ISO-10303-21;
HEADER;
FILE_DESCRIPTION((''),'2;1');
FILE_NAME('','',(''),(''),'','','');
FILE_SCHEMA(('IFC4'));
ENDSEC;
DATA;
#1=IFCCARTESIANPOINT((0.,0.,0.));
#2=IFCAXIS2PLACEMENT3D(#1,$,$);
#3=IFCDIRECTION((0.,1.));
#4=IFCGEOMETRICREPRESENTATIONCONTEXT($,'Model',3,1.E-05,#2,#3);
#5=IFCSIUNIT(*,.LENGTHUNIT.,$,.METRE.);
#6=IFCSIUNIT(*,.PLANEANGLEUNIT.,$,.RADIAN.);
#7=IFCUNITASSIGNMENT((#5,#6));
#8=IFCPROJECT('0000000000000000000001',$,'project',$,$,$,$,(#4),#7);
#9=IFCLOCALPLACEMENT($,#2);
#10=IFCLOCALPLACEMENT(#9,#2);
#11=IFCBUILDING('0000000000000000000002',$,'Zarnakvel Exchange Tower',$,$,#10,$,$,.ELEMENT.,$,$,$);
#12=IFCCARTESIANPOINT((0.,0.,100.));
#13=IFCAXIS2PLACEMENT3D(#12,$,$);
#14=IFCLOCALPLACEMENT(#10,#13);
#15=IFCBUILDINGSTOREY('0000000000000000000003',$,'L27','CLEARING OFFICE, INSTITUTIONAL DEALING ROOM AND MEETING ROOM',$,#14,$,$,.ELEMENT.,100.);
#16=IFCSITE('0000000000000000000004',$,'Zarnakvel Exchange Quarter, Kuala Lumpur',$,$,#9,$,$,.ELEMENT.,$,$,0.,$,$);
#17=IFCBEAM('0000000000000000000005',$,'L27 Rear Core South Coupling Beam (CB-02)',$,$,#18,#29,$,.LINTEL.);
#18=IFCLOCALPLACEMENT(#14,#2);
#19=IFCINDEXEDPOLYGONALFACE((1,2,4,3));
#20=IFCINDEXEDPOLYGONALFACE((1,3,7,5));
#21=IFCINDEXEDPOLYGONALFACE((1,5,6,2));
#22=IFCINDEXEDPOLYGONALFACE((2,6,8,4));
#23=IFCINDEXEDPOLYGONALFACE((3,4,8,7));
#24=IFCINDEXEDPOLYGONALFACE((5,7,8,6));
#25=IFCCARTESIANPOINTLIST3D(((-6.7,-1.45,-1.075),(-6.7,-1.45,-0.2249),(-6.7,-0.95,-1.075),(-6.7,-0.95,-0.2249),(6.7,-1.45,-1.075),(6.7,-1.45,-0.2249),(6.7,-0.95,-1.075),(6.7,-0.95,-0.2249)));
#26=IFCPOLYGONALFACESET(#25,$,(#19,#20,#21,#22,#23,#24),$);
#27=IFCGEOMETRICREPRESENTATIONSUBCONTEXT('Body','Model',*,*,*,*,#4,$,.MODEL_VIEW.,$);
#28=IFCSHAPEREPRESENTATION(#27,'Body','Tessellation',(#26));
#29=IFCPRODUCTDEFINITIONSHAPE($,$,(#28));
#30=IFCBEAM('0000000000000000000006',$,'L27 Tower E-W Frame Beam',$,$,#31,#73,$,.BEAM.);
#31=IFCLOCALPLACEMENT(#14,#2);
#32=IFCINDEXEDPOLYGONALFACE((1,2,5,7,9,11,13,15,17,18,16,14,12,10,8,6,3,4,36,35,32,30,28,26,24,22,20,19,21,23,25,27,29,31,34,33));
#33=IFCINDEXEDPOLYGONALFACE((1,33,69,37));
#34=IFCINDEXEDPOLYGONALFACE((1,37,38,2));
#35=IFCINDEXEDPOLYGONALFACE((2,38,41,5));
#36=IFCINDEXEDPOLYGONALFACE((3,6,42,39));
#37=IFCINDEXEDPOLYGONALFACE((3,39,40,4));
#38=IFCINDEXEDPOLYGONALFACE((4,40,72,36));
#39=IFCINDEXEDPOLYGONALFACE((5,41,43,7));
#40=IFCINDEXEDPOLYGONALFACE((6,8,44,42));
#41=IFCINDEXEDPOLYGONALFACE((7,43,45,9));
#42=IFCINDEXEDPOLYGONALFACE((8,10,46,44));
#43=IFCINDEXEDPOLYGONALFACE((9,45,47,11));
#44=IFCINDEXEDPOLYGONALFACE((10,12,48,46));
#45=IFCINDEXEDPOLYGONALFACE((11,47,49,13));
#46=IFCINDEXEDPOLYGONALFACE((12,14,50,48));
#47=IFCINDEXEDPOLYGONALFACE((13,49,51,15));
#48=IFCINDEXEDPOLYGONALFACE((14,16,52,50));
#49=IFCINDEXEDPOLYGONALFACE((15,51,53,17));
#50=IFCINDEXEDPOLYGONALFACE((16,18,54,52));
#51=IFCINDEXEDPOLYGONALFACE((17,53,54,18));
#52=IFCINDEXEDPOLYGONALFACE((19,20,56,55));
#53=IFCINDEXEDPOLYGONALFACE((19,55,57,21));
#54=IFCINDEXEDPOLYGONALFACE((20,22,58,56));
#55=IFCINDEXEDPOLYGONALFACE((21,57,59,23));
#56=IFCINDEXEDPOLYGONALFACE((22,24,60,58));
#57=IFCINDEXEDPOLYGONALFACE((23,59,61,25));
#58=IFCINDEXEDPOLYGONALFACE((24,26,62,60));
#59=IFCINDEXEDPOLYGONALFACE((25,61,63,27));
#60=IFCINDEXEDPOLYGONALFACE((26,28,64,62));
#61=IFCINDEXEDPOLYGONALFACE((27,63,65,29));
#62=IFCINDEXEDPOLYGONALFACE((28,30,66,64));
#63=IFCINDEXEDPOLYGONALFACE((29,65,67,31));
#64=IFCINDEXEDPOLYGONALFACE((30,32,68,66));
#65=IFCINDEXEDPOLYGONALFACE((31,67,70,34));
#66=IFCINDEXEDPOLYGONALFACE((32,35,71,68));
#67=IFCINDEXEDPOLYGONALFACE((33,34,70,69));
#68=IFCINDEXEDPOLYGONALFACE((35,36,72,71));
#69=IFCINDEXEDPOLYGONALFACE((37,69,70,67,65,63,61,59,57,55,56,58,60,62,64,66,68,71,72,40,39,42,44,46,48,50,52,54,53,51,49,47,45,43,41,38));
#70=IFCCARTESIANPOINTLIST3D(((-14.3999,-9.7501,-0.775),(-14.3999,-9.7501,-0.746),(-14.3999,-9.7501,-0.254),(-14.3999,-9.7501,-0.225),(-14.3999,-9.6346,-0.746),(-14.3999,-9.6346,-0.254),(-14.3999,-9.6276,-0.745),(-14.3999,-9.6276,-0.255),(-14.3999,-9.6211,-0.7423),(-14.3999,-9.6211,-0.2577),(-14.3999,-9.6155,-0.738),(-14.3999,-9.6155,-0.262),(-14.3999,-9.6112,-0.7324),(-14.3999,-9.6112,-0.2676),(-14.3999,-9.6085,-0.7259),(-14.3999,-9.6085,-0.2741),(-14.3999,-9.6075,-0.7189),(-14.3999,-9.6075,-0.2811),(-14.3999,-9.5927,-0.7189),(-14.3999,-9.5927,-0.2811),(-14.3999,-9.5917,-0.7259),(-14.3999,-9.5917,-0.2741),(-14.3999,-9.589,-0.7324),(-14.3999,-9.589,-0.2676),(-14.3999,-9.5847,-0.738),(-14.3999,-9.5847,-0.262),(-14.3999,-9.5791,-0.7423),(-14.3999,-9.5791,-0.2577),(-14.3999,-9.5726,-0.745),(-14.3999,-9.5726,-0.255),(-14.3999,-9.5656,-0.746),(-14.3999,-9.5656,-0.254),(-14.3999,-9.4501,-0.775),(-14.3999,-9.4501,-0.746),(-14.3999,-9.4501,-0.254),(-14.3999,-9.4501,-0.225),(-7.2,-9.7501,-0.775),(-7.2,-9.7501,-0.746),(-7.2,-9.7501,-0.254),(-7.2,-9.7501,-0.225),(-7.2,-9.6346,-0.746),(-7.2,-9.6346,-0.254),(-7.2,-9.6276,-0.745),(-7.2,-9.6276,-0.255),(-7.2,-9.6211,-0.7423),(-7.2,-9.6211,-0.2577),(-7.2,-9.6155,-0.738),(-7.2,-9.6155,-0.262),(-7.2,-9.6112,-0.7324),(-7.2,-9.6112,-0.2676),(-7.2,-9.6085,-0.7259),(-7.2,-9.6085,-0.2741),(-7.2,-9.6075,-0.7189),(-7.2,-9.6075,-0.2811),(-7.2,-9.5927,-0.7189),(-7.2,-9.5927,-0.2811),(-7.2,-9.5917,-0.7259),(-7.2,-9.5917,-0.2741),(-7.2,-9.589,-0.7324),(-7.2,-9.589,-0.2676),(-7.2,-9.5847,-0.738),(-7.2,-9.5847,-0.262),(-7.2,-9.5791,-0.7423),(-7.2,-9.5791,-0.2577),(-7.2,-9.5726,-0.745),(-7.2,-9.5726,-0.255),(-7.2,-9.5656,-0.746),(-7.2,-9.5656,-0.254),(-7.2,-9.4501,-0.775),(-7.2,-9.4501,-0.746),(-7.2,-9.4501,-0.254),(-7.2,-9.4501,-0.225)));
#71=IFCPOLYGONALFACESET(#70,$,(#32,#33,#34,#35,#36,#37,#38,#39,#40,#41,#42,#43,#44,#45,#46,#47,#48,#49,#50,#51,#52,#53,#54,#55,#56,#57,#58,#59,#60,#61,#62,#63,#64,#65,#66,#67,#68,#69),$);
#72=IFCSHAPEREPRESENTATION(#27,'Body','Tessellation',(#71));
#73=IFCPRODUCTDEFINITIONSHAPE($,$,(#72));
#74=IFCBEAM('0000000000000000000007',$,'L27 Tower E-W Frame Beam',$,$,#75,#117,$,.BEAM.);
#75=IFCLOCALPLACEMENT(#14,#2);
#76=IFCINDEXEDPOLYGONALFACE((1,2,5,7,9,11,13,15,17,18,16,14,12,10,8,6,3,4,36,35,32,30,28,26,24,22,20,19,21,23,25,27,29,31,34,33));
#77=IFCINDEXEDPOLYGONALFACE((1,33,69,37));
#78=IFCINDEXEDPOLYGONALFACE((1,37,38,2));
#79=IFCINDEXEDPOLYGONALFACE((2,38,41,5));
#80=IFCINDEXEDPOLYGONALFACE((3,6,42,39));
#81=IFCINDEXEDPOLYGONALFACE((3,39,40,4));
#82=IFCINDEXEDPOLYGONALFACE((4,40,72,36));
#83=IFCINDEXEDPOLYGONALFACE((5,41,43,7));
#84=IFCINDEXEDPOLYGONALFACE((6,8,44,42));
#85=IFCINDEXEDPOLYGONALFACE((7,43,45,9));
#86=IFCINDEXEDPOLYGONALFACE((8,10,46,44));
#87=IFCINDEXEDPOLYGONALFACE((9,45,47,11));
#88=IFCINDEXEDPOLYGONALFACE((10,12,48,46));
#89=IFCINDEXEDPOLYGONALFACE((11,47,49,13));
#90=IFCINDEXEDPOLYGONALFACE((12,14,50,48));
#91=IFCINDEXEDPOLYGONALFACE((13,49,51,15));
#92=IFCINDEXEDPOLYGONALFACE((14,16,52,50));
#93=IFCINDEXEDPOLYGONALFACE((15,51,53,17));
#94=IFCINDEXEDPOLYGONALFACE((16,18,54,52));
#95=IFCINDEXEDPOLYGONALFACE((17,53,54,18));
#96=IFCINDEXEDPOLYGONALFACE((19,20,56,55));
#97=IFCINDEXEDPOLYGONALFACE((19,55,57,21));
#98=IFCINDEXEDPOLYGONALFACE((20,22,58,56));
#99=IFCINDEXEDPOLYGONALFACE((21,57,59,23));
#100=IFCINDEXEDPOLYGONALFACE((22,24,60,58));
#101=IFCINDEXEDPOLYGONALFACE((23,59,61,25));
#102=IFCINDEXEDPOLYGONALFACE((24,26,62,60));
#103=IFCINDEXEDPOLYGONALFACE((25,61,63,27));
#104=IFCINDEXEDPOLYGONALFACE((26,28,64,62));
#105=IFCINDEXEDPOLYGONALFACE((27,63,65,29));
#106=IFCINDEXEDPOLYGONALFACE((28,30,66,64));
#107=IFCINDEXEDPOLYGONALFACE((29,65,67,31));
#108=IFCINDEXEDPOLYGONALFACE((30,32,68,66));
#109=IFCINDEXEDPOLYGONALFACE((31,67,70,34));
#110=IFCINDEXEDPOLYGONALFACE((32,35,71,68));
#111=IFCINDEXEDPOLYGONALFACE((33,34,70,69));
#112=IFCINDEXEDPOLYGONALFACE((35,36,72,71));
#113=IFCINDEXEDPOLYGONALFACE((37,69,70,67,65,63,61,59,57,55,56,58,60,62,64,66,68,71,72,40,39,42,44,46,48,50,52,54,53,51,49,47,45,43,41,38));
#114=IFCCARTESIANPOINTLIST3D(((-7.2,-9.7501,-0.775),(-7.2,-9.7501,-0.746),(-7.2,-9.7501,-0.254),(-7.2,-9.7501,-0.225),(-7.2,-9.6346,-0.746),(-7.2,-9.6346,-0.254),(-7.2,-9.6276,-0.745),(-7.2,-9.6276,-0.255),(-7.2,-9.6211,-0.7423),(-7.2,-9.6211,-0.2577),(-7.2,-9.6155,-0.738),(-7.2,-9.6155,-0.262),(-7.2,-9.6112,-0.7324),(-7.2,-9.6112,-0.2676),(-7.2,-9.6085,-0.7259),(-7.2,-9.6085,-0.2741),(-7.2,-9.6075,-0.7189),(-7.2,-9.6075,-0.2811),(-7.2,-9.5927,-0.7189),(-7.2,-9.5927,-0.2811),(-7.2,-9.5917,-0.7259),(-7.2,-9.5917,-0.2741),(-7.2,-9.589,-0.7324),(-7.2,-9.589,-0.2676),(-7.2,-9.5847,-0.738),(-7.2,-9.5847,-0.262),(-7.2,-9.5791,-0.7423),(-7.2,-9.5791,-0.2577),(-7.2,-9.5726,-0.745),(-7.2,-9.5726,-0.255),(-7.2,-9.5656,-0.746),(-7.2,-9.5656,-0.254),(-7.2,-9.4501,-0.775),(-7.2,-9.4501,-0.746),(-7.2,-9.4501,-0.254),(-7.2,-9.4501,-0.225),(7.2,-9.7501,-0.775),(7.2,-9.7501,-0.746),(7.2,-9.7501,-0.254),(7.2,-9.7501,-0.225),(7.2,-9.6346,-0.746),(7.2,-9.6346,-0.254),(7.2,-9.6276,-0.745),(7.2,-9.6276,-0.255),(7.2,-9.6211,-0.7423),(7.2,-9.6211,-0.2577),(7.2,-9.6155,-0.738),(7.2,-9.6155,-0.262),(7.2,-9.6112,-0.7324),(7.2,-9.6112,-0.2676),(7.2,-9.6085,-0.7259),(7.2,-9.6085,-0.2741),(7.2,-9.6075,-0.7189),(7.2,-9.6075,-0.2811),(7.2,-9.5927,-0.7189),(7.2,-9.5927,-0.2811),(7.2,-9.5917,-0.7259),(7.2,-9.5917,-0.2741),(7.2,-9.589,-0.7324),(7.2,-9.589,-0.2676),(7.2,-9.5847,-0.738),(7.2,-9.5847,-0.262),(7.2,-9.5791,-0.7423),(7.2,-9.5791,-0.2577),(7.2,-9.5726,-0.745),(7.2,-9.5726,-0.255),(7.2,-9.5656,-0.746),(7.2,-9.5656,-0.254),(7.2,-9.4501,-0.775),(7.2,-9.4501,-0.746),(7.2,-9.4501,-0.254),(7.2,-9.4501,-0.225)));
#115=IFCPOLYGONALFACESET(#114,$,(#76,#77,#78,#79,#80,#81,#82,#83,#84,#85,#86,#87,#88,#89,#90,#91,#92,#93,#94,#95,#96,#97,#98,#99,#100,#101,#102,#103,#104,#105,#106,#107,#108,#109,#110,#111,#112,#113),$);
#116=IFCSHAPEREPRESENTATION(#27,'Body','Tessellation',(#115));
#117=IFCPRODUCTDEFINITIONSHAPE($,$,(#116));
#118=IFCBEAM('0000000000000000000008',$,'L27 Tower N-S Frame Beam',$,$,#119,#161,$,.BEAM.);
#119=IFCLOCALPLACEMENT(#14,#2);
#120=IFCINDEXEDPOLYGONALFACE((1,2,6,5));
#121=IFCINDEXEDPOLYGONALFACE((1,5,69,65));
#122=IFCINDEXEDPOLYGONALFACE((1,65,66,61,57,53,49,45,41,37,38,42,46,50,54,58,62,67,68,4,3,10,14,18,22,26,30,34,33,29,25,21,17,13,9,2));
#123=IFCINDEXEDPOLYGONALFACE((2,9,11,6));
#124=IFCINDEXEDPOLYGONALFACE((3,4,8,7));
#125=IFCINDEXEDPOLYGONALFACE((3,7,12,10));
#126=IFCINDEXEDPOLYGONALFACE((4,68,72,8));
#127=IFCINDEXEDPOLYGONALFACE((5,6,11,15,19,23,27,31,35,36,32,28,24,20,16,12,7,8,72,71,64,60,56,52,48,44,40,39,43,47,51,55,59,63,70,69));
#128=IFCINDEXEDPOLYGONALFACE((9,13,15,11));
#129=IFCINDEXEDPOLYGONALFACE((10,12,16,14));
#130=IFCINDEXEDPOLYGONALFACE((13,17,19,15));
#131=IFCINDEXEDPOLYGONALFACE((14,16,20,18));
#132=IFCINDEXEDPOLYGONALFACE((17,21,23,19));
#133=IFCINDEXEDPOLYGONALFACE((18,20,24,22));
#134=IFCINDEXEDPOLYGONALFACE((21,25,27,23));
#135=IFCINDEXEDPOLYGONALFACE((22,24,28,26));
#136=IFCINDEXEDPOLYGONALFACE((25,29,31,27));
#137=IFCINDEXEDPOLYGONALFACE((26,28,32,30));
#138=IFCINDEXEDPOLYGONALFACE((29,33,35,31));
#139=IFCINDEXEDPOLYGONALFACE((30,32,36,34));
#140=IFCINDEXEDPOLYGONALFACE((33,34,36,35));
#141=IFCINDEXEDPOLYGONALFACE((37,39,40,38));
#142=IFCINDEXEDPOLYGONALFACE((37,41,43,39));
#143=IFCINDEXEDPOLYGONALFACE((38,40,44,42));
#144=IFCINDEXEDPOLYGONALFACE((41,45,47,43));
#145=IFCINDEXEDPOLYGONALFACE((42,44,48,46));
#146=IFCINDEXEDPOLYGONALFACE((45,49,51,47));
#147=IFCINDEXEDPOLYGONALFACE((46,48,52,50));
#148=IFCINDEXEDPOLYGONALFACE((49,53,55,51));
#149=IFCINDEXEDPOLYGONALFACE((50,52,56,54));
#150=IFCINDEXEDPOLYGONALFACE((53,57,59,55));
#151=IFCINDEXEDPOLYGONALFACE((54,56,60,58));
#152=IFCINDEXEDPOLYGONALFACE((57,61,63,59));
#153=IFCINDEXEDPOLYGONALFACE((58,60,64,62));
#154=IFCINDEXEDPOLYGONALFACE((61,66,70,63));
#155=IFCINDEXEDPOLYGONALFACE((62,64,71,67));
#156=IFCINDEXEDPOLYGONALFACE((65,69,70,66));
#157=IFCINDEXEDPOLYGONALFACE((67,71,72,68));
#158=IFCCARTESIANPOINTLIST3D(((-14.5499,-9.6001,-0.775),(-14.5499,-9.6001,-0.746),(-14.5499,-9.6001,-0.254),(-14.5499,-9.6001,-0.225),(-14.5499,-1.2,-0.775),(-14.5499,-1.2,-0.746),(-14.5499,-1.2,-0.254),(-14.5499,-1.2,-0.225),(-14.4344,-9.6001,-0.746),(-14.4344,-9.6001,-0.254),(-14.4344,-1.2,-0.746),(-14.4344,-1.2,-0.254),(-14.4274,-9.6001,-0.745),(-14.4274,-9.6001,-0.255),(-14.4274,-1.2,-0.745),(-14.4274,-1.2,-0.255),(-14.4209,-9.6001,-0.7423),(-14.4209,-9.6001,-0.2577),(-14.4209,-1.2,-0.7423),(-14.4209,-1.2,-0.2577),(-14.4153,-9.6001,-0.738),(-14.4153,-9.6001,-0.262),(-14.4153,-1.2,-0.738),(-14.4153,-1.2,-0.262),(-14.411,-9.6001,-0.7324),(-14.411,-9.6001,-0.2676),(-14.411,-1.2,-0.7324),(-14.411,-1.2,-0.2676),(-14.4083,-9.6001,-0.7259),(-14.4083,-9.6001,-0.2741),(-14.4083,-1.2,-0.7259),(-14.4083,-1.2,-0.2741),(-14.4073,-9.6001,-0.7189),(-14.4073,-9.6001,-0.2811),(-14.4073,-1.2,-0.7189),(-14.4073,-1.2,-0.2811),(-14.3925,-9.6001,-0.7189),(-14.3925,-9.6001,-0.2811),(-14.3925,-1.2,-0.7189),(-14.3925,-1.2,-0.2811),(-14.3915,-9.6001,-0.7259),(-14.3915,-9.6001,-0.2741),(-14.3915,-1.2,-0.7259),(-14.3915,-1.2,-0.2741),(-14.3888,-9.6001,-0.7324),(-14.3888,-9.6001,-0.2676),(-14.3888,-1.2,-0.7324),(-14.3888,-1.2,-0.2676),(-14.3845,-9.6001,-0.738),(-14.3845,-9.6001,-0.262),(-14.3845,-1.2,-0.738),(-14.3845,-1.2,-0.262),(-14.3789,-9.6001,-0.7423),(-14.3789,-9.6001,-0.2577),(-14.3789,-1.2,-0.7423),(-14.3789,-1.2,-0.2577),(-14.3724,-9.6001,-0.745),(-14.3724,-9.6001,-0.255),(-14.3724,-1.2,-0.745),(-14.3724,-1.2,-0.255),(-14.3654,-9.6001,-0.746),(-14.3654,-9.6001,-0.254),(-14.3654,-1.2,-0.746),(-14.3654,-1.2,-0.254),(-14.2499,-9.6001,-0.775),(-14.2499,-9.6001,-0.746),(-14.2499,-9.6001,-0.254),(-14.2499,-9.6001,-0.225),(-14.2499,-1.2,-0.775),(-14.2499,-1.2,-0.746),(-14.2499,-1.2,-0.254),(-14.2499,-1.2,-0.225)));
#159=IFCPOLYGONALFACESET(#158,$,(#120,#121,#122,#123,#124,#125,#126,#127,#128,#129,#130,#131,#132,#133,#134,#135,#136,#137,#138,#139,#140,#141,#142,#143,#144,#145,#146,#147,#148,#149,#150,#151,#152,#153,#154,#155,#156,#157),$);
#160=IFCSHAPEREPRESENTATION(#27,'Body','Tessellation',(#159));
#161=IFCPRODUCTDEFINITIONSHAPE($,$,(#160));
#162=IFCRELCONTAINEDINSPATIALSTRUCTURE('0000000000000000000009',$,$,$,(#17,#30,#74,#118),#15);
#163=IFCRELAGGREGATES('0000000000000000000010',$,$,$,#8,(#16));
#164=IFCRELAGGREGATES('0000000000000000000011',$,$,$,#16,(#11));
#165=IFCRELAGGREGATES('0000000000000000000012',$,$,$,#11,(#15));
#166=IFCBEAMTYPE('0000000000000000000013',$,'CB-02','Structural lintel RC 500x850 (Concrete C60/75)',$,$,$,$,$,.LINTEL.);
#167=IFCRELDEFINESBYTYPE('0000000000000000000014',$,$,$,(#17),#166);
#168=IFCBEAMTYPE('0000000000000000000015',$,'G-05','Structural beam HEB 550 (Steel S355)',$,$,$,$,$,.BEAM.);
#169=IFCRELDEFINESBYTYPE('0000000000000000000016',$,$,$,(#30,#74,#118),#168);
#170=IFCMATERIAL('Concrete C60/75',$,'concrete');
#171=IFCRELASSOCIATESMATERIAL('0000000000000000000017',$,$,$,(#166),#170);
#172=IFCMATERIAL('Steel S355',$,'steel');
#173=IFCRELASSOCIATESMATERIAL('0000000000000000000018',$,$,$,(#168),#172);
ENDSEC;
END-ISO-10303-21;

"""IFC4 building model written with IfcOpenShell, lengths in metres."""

from ifc_helpers import new_model, si_unit, direction, frame, origin, origin_2d, place, context, subcontext, project, spatial, rectangle, i_section, extrude, material, material_profile, profile_set, type_object, element, save


model = new_model("IFC4")

# Units and contexts
model_context = context("Model", 3, precision=1e-05, world=origin(), true_north=direction((0.0, 1.0)))
body_context = subcontext(model_context, "Body", "Model", "MODEL_VIEW")
ifc_project = project(units=[si_unit("LENGTHUNIT", "METRE"), si_unit("PLANEANGLEUNIT", "RADIAN")], contexts=[model_context])

# Site, building, storey
site_placement = place(None, origin())
site = spatial("IfcSite", under=ifc_project, at=site_placement, Name="Zarnakvel Exchange Quarter, Kuala Lumpur", CompositionType="ELEMENT", RefElevation=0.0)
building_placement = place(site_placement, origin())
building = spatial("IfcBuilding", under=site, at=building_placement, Name="Zarnakvel Exchange Tower", CompositionType="ELEMENT")
storey_placement = place(building_placement, frame((0.0, 0.0, 100.0)))
storey = spatial("IfcBuildingStorey", under=building, at=storey_placement, Name="L27", Description="CLEARING OFFICE, INSTITUTIONAL DEALING ROOM AND MEETING ROOM", CompositionType="ELEMENT", Elevation=100.0)

# Shared definitions
ifc_material_1 = material(Name="Concrete C60/75", Category="concrete")

# Beams
ifc_material_2 = material(Name="Steel S355", Category="steel")
ifc_material_profile_1 = material_profile(ifc_material_1, rectangle(XDim=0.5, YDim=0.8501, at=origin_2d()))
ifc_profile_set_1 = profile_set([ifc_material_profile_1], Name="Concrete C60/75")
beam_type_1 = type_object("IfcBeamType", Name="CB-02", Description="Structural lintel RC 500x850 (Concrete C60/75)", PredefinedType="LINTEL", material=ifc_profile_set_1)
beam_1_placement = place(storey_placement, frame((-6.7, -1.2, -0.6499), z_axis=(1.0, 0.0, 0.0), x_axis=(0.0, 1.0, 0.0)))
element("IfcBeam", 1, at=beam_1_placement, inside=storey, type_object=beam_type_1, Name="L27 Rear Core South Coupling Beam (CB-02)", PredefinedType="LINTEL", context=body_context, shape_type="SweptSolid", body=[
    extrude(rectangle(XDim=0.5, YDim=0.8501, at=origin_2d()), origin(), (0.0, 0.0, 1.0), 13.3999),
])
ifc_material_profile_2 = material_profile(ifc_material_2, i_section(OverallWidth=0.3, OverallDepth=0.55, WebThickness=0.0149, FlangeThickness=0.0291, FilletRadius=0.0271, at=origin_2d()))
ifc_profile_set_2 = profile_set([ifc_material_profile_2], Name="Steel S355")
beam_type_2 = type_object("IfcBeamType", Name="G-05", Description="Structural beam HEB 550 (Steel S355)", PredefinedType="BEAM", material=ifc_profile_set_2)
beam_2_placement = place(storey_placement, frame((-14.3999, -9.6001, -0.5), z_axis=(1.0, 0.0, 0.0), x_axis=(0.0, 1.0, 0.0)))
element("IfcBeam", 2, at=beam_2_placement, inside=storey, type_object=beam_type_2, Name="L27 Tower E-W Frame Beam", PredefinedType="BEAM", context=body_context, shape_type="SweptSolid", body=[
    extrude(i_section(OverallWidth=0.3, OverallDepth=0.55, WebThickness=0.0149, FlangeThickness=0.0291, FilletRadius=0.0271, at=origin_2d()), origin(), (0.0, 0.0, 1.0), 7.2),
])
beam_3_placement = place(storey_placement, frame((-7.2, -9.6001, -0.5), z_axis=(1.0, 0.0, 0.0), x_axis=(0.0, 1.0, 0.0)))
element("IfcBeam", 3, at=beam_3_placement, inside=storey, type_object=beam_type_2, Name="L27 Tower E-W Frame Beam", PredefinedType="BEAM", context=body_context, shape_type="SweptSolid", body=[
    extrude(i_section(OverallWidth=0.3, OverallDepth=0.55, WebThickness=0.0149, FlangeThickness=0.0291, FilletRadius=0.0271, at=origin_2d()), origin(), (0.0, 0.0, 1.0), 14.3999),
])
for number, where, z_axis, x_axis, name in (
    (4, (-14.3999, -9.6001, -0.5), (0.0, 1.0, 0.0), (-1.0, 0.0, 0.0), "L27 Tower N-S Frame Beam"),
):
    element("IfcBeam", number, at=place(storey_placement, frame(where, z_axis=z_axis, x_axis=x_axis)), inside=storey, type_object=beam_type_2, Name=name, PredefinedType="BEAM", context=body_context, shape_type="SweptSolid", body=[
        extrude(i_section(OverallWidth=0.3, OverallDepth=0.55, WebThickness=0.0149, FlangeThickness=0.0291, FilletRadius=0.0271, at=origin_2d()), origin(), (0.0, 0.0, 1.0), 8.4001),
    ])

save(model, "model.ifc")
